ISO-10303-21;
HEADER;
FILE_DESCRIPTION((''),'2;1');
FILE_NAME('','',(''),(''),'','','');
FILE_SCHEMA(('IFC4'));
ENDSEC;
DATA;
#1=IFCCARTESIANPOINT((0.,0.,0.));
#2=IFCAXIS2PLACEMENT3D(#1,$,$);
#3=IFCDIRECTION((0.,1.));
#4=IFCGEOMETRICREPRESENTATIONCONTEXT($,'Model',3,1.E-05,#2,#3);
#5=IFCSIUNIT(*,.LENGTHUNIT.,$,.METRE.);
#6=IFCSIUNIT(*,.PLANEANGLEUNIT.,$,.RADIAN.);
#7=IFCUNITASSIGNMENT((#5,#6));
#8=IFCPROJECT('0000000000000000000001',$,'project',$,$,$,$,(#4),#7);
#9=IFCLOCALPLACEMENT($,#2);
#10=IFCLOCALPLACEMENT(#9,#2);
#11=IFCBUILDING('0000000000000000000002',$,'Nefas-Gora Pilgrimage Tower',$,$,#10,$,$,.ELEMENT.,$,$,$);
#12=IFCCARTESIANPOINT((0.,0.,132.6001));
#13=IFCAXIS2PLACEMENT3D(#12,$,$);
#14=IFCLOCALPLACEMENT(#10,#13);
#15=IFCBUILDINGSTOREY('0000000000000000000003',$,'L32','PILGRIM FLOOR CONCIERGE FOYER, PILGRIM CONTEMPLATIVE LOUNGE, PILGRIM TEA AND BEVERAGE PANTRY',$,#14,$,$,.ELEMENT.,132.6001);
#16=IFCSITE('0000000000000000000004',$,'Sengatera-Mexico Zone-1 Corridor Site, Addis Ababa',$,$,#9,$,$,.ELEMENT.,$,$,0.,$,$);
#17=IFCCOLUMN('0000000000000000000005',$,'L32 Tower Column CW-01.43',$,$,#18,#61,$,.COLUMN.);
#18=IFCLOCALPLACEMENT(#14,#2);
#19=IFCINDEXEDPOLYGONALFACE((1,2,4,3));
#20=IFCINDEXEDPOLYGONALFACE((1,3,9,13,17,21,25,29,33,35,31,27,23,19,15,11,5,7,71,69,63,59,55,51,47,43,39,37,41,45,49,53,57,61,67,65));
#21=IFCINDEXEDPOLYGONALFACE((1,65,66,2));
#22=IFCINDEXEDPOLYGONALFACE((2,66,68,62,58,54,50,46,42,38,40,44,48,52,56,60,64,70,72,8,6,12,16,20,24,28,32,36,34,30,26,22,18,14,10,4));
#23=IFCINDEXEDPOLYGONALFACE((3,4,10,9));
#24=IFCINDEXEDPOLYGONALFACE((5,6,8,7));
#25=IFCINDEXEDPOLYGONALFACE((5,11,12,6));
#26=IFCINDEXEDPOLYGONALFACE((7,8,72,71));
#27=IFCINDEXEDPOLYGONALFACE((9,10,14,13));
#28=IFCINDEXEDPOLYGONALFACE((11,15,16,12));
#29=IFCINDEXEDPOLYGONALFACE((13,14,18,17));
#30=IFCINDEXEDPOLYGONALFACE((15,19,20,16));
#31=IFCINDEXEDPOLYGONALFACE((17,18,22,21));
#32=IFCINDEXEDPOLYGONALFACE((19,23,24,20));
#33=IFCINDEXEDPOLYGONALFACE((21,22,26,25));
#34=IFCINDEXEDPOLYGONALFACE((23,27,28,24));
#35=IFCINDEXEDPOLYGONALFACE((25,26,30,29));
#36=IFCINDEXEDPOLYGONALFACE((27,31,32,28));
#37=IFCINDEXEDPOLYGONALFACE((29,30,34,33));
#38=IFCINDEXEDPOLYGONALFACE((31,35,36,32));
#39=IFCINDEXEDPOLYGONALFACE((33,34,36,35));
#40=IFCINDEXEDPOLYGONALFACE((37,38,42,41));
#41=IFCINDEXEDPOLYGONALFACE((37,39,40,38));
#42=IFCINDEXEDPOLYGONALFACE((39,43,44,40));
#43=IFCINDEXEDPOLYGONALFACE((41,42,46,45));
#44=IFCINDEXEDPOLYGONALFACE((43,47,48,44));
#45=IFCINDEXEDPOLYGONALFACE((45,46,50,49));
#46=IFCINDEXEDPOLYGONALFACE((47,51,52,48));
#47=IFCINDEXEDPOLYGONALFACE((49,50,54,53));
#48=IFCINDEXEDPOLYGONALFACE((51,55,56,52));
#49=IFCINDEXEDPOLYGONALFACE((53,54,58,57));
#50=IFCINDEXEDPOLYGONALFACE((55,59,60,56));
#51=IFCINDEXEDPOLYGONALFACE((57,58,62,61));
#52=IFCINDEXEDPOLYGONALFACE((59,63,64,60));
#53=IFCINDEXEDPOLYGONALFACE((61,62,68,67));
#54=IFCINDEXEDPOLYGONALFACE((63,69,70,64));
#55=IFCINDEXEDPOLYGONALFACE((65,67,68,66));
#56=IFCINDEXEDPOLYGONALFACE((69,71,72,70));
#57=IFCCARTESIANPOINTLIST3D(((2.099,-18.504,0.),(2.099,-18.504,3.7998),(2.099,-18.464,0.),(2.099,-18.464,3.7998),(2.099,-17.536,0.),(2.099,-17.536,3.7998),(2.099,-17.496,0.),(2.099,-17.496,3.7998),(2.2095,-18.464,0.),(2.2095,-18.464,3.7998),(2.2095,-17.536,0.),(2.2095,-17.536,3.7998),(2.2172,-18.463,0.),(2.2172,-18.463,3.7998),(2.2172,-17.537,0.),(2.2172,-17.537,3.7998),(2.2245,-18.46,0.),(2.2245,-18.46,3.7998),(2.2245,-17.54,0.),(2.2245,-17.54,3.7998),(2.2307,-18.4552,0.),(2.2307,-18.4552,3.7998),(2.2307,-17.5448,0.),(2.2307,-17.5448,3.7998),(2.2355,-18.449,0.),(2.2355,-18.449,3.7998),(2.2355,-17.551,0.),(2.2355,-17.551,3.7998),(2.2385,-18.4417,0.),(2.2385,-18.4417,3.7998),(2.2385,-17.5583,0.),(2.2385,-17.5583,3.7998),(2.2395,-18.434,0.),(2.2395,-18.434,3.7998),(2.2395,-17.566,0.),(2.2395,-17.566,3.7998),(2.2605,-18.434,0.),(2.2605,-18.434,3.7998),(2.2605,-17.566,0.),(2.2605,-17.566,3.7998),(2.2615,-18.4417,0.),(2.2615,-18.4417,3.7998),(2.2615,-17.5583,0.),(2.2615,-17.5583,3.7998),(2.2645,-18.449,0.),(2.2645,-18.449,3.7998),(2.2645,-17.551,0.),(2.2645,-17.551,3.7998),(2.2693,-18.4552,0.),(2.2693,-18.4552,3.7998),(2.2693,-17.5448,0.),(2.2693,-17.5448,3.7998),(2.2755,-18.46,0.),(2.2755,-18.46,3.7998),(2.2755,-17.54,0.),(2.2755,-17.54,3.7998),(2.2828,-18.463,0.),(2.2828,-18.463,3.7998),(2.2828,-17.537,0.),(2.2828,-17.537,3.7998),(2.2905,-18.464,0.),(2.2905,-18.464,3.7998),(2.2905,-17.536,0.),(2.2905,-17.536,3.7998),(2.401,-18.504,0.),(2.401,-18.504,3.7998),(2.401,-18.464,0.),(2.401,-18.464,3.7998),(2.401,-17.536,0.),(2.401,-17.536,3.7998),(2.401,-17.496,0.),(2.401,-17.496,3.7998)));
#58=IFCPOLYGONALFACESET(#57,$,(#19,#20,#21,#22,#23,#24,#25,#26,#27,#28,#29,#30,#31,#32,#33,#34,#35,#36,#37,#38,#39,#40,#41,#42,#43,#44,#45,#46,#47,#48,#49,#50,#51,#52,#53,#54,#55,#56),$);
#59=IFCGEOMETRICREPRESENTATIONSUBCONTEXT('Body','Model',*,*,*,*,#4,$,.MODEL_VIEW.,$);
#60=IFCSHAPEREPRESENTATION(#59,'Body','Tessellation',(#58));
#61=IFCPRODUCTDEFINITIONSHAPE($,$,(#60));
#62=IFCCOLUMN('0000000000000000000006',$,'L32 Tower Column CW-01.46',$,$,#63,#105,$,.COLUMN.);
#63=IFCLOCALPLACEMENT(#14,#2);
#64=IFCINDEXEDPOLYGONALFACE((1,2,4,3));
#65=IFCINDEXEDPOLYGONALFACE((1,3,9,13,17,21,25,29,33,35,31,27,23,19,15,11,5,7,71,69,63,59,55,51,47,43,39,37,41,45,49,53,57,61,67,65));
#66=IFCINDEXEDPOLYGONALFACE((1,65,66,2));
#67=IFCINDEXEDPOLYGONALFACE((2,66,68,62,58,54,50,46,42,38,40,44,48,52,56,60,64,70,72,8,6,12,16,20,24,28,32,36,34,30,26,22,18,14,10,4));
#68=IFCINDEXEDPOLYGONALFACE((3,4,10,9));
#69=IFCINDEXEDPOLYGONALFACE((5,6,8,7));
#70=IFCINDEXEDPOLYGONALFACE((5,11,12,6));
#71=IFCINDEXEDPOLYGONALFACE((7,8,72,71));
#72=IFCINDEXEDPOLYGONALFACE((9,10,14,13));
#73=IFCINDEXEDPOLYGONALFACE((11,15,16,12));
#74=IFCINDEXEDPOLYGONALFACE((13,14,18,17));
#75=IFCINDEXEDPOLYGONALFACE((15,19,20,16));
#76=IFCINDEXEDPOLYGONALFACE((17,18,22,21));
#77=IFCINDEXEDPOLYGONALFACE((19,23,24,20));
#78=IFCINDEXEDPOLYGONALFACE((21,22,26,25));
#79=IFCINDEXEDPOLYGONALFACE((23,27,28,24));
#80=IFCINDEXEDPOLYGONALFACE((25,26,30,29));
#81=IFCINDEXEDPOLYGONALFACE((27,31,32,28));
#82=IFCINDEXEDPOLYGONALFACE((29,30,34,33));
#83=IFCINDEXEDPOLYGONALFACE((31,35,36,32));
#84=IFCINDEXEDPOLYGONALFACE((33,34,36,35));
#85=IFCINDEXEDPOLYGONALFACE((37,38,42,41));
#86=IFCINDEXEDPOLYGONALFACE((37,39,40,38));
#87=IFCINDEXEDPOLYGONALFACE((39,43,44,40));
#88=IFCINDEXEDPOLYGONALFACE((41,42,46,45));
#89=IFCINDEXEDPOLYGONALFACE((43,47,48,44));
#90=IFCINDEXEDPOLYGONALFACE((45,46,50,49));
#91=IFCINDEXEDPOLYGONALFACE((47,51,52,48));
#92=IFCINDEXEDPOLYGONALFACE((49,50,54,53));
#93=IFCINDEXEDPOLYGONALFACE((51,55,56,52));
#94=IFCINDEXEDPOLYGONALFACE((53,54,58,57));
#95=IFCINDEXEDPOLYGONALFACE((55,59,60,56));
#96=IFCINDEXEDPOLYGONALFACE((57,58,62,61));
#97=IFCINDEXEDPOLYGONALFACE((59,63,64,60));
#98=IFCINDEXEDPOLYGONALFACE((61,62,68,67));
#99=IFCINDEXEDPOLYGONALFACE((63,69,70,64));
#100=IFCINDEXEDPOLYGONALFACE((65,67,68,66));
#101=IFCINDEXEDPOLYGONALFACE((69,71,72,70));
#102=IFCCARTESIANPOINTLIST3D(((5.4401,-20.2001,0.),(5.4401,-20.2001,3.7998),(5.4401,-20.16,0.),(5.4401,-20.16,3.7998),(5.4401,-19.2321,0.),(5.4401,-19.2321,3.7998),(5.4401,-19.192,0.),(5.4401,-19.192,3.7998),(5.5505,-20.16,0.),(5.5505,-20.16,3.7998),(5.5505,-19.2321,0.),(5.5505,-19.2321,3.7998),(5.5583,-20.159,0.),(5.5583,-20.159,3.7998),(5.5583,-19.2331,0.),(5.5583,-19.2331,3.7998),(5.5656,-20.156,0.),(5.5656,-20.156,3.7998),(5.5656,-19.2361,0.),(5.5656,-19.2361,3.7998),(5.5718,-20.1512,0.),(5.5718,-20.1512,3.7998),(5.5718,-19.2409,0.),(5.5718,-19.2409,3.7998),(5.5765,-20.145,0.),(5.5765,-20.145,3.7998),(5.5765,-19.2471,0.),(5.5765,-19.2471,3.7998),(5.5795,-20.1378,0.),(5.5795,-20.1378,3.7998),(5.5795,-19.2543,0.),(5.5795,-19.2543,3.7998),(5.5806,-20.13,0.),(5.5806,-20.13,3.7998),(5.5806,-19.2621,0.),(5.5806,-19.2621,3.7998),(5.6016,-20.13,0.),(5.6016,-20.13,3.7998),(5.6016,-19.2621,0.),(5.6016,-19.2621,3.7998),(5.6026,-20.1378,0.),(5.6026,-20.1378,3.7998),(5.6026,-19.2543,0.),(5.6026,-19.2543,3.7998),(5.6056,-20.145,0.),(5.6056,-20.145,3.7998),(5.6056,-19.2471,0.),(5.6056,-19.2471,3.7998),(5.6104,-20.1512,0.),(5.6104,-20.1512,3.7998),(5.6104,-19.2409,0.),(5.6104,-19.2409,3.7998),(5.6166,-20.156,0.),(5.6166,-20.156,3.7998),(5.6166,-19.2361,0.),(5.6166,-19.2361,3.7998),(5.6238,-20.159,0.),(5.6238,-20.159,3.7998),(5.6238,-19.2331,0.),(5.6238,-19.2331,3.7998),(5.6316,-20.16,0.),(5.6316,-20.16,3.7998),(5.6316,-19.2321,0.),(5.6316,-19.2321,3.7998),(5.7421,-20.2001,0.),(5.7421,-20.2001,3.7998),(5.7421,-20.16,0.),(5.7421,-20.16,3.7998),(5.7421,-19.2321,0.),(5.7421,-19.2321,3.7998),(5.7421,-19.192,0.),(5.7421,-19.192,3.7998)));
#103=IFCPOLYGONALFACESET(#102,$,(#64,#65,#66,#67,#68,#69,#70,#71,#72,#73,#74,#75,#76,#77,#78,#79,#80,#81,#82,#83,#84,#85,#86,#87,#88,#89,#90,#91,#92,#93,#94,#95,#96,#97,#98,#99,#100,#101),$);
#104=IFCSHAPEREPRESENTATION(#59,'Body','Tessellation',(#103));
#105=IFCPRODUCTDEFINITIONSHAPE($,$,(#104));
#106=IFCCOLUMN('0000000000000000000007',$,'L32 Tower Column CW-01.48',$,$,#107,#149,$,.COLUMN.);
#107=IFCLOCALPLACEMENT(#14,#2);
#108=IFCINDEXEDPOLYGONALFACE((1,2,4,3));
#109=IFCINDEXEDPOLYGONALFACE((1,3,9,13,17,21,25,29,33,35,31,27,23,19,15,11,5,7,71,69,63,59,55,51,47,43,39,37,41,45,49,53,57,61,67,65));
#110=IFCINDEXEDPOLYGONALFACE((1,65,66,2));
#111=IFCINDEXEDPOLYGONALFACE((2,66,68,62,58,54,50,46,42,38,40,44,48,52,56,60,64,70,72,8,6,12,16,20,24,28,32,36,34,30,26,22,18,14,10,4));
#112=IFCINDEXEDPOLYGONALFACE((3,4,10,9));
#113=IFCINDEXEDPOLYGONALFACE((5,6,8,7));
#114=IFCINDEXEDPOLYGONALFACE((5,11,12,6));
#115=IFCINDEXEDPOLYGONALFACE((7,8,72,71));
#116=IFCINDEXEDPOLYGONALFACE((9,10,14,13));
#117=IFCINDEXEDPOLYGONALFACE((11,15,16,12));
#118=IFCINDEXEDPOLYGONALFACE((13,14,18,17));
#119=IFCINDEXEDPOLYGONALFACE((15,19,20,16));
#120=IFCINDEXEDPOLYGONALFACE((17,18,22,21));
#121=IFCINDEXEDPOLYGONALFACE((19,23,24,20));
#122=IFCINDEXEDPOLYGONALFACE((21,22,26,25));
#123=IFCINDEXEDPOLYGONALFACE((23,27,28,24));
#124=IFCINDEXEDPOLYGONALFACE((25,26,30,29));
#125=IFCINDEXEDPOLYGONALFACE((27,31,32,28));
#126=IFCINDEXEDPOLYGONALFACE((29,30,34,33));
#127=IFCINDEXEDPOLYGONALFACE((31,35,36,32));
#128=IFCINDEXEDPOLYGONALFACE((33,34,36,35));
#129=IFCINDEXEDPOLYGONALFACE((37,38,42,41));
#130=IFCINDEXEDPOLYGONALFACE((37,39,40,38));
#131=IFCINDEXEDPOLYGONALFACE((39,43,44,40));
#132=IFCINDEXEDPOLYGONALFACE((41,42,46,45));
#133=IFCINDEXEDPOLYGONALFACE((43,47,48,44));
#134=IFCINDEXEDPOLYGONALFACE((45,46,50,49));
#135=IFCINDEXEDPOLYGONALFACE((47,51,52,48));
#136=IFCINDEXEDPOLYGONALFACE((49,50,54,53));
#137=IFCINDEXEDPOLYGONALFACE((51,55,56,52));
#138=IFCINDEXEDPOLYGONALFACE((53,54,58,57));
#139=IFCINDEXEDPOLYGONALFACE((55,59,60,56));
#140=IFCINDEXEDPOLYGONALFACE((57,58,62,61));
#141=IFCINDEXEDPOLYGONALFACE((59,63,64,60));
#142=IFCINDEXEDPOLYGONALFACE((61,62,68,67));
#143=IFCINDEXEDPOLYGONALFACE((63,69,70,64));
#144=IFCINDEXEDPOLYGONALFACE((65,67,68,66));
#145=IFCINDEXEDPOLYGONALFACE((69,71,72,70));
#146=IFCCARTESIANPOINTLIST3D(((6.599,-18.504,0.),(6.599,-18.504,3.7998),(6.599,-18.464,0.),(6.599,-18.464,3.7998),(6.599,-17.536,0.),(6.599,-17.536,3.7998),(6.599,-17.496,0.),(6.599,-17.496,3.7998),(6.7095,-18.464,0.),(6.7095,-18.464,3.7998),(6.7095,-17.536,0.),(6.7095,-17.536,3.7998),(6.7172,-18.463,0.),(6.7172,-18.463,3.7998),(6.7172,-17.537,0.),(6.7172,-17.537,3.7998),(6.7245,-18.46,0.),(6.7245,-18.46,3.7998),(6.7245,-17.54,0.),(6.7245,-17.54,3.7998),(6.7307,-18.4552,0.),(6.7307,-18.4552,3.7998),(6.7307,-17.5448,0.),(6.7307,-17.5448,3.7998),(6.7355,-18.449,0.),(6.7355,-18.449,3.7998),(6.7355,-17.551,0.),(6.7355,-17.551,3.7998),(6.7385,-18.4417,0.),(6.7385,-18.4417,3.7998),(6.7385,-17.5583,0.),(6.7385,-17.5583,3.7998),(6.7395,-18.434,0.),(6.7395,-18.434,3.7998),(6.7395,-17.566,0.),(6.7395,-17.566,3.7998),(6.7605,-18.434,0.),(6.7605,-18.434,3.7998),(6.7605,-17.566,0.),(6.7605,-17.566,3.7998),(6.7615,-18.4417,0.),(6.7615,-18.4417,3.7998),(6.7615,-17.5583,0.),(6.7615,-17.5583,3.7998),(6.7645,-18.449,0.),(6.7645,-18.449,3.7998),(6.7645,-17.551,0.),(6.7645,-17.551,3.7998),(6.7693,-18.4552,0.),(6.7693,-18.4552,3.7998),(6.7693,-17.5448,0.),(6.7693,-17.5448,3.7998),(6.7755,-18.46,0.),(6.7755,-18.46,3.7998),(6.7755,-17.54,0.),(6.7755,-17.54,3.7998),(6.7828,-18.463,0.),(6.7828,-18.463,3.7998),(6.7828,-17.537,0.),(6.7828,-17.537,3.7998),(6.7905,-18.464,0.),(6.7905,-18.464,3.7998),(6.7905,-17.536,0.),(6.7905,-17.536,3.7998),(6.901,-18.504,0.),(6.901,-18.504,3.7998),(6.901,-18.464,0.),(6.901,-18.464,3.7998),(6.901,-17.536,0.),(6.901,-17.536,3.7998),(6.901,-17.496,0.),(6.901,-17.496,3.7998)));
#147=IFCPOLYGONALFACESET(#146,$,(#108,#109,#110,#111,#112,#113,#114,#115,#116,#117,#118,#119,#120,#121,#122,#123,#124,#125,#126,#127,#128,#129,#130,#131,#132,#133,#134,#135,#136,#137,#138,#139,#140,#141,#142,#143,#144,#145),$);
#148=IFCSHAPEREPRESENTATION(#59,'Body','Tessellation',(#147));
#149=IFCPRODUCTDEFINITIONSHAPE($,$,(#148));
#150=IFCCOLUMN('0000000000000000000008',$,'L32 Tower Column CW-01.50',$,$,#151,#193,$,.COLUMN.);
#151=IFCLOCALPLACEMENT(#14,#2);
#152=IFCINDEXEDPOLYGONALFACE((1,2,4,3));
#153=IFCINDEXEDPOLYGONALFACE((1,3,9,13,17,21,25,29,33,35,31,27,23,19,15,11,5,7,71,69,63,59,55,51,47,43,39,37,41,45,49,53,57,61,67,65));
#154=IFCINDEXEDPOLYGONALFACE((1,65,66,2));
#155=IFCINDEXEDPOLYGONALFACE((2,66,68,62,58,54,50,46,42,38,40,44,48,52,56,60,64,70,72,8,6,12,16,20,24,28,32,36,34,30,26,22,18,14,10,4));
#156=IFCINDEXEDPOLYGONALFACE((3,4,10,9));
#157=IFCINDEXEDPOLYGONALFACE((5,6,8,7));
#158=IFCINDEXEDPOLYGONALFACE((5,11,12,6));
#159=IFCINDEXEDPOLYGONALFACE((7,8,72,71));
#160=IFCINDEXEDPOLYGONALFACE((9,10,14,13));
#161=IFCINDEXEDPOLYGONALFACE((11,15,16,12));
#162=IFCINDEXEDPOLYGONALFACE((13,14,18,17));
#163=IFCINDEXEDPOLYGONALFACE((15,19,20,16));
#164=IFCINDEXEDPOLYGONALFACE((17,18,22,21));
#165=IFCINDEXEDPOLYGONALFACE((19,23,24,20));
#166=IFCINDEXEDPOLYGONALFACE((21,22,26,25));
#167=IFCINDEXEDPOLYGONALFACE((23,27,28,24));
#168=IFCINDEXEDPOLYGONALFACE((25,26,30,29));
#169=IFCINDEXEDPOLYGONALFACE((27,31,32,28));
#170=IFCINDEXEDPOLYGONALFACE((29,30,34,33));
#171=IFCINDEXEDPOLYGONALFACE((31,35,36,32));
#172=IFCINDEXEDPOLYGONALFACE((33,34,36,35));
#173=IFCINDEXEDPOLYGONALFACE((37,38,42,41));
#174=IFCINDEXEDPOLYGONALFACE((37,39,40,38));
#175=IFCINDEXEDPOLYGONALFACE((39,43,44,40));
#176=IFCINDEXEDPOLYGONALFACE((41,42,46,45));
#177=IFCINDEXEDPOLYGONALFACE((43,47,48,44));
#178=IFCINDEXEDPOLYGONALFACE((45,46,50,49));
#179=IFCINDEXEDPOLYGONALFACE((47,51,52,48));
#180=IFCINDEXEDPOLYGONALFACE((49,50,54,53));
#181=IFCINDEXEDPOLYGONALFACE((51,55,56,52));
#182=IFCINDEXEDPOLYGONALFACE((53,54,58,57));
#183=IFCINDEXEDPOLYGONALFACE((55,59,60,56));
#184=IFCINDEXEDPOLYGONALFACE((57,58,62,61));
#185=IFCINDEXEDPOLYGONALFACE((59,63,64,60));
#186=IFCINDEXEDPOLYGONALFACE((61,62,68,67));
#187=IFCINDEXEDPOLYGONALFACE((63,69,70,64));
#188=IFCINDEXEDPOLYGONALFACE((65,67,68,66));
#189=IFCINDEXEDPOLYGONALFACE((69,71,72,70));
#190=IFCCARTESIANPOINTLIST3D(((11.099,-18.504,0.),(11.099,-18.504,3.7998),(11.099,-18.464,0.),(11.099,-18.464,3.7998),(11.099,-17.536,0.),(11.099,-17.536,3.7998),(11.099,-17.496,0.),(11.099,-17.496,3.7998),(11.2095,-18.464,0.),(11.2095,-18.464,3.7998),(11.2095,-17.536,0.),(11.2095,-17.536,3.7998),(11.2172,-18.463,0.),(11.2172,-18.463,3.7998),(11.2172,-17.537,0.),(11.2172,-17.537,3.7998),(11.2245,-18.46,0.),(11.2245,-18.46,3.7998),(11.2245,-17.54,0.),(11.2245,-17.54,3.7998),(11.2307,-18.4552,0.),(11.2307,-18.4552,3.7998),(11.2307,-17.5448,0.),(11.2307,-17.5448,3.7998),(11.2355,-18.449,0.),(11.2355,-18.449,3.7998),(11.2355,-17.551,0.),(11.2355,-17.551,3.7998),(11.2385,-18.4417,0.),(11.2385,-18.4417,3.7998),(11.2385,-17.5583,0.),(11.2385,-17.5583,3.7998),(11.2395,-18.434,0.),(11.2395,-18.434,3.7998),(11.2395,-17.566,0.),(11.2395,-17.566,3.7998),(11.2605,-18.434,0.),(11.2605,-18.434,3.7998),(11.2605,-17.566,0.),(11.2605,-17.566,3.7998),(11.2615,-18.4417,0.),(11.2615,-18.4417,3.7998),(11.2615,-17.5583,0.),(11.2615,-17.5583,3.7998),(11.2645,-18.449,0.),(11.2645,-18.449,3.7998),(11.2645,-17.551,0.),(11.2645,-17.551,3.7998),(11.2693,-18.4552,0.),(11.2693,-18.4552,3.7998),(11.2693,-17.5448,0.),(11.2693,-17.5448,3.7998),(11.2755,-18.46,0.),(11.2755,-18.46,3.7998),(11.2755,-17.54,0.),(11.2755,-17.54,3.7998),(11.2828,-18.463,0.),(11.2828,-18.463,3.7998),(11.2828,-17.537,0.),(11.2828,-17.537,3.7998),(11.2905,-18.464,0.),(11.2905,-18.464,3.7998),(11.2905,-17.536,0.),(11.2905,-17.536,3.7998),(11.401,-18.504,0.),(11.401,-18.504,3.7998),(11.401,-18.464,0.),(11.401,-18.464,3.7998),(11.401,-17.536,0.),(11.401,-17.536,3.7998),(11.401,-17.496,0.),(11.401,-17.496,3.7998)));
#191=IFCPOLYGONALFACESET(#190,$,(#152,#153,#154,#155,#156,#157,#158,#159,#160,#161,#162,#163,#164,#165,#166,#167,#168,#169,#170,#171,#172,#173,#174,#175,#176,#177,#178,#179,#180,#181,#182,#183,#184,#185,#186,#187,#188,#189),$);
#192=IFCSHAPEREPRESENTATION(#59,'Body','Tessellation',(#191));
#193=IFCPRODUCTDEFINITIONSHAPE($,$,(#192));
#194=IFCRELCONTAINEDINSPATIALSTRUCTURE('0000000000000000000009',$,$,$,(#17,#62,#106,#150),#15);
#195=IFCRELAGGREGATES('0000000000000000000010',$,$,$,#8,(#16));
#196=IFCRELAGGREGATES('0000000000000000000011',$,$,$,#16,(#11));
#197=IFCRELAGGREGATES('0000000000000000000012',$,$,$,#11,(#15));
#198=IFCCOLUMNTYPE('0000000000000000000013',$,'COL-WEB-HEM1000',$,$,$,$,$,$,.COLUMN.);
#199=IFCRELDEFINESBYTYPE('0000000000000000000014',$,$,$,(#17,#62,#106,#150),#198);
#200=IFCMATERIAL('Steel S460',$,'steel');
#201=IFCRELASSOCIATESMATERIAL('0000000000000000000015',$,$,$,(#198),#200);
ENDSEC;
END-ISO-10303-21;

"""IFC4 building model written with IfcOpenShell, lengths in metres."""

from ifc_helpers import new_model, si_unit, direction, frame, origin, origin_2d, place, context, subcontext, project, spatial, i_section, extrude, source, transform, mapped, material, material_profile, profile_set, type_object, element, save


model = new_model("IFC4")

# Units and contexts
model_context = context("Model", 3, precision=1e-05, world=origin(), true_north=direction((0.0, 1.0)))
body_context = subcontext(model_context, "Body", "Model", "MODEL_VIEW")
ifc_project = project(units=[si_unit("LENGTHUNIT", "METRE"), si_unit("PLANEANGLEUNIT", "RADIAN")], contexts=[model_context])

# Site, building, storey
site_placement = place(None, origin())
site = spatial("IfcSite", under=ifc_project, at=site_placement, Name="Sengatera-Mexico Zone-1 Corridor Site, Addis Ababa", CompositionType="ELEMENT", RefElevation=0.0)
building_placement = place(site_placement, origin())
building = spatial("IfcBuilding", under=site, at=building_placement, Name="Nefas-Gora Pilgrimage Tower", CompositionType="ELEMENT")
storey_placement = place(building_placement, frame((0.0, 0.0, 132.6001)))
storey = spatial("IfcBuildingStorey", under=building, at=storey_placement, Name="L32", Description="PILGRIM FLOOR CONCIERGE FOYER, PILGRIM CONTEMPLATIVE LOUNGE, PILGRIM TEA AND BEVERAGE PANTRY", CompositionType="ELEMENT", Elevation=132.6001)

# Columns
ifc_material_1 = material(Name="Steel S460", Category="steel")
ifc_material_profile_1 = material_profile(ifc_material_1, i_section(OverallWidth=0.302, OverallDepth=1.0081, WebThickness=0.021, FlangeThickness=0.04, FilletRadius=0.03, at=origin_2d()), Name="HEM 1000")
ifc_profile_set_1 = profile_set([ifc_material_profile_1], Name="Steel S460")
column_type_1 = type_object("IfcColumnType", Name="COL-WEB-HEM1000", PredefinedType="COLUMN", material=ifc_profile_set_1)
shared_shape_1 = source(origin(), body_context, "Body", "SweptSolid", [
    extrude(i_section(OverallWidth=0.302, OverallDepth=1.0081, WebThickness=0.021, FlangeThickness=0.04, FilletRadius=0.03, at=origin_2d()), origin(), (0.0, 0.0, 1.0), 3.7998),
])
for number, where, z_axis, x_axis, name in (
    (1, (2.25, -18.0, 0.0), (0.0, 0.0, 1.0), (1.0, 0.0, 0.0), "L32 Tower Column CW-01.43"),
    (2, (5.5911, -19.696, 0.0), (0.0, 0.0, 1.0), (1.0, 0.0, 0.0), "L32 Tower Column CW-01.46"),
    (3, (6.75, -18.0, 0.0), (0.0, 0.0, 1.0), (1.0, 0.0, 0.0), "L32 Tower Column CW-01.48"),
    (4, (11.25, -18.0, 0.0), (0.0, 0.0, 1.0), (1.0, 0.0, 0.0), "L32 Tower Column CW-01.50"),
):
    element("IfcColumn", number, at=place(storey_placement, frame(where, z_axis=z_axis, x_axis=x_axis)), inside=storey, type_object=column_type_1, Name=name, PredefinedType="COLUMN", context=body_context, shape_type="MappedRepresentation", body=[
        mapped(shared_shape_1, transform((0.0, 0.0, 0.0), x_axis=(1.0, 0.0, 0.0), y_axis=(0.0, 1.0, 0.0), z_axis=(0.0, 0.0, 1.0), scale=1.0)),
    ])

save(model, "model.ifc")
